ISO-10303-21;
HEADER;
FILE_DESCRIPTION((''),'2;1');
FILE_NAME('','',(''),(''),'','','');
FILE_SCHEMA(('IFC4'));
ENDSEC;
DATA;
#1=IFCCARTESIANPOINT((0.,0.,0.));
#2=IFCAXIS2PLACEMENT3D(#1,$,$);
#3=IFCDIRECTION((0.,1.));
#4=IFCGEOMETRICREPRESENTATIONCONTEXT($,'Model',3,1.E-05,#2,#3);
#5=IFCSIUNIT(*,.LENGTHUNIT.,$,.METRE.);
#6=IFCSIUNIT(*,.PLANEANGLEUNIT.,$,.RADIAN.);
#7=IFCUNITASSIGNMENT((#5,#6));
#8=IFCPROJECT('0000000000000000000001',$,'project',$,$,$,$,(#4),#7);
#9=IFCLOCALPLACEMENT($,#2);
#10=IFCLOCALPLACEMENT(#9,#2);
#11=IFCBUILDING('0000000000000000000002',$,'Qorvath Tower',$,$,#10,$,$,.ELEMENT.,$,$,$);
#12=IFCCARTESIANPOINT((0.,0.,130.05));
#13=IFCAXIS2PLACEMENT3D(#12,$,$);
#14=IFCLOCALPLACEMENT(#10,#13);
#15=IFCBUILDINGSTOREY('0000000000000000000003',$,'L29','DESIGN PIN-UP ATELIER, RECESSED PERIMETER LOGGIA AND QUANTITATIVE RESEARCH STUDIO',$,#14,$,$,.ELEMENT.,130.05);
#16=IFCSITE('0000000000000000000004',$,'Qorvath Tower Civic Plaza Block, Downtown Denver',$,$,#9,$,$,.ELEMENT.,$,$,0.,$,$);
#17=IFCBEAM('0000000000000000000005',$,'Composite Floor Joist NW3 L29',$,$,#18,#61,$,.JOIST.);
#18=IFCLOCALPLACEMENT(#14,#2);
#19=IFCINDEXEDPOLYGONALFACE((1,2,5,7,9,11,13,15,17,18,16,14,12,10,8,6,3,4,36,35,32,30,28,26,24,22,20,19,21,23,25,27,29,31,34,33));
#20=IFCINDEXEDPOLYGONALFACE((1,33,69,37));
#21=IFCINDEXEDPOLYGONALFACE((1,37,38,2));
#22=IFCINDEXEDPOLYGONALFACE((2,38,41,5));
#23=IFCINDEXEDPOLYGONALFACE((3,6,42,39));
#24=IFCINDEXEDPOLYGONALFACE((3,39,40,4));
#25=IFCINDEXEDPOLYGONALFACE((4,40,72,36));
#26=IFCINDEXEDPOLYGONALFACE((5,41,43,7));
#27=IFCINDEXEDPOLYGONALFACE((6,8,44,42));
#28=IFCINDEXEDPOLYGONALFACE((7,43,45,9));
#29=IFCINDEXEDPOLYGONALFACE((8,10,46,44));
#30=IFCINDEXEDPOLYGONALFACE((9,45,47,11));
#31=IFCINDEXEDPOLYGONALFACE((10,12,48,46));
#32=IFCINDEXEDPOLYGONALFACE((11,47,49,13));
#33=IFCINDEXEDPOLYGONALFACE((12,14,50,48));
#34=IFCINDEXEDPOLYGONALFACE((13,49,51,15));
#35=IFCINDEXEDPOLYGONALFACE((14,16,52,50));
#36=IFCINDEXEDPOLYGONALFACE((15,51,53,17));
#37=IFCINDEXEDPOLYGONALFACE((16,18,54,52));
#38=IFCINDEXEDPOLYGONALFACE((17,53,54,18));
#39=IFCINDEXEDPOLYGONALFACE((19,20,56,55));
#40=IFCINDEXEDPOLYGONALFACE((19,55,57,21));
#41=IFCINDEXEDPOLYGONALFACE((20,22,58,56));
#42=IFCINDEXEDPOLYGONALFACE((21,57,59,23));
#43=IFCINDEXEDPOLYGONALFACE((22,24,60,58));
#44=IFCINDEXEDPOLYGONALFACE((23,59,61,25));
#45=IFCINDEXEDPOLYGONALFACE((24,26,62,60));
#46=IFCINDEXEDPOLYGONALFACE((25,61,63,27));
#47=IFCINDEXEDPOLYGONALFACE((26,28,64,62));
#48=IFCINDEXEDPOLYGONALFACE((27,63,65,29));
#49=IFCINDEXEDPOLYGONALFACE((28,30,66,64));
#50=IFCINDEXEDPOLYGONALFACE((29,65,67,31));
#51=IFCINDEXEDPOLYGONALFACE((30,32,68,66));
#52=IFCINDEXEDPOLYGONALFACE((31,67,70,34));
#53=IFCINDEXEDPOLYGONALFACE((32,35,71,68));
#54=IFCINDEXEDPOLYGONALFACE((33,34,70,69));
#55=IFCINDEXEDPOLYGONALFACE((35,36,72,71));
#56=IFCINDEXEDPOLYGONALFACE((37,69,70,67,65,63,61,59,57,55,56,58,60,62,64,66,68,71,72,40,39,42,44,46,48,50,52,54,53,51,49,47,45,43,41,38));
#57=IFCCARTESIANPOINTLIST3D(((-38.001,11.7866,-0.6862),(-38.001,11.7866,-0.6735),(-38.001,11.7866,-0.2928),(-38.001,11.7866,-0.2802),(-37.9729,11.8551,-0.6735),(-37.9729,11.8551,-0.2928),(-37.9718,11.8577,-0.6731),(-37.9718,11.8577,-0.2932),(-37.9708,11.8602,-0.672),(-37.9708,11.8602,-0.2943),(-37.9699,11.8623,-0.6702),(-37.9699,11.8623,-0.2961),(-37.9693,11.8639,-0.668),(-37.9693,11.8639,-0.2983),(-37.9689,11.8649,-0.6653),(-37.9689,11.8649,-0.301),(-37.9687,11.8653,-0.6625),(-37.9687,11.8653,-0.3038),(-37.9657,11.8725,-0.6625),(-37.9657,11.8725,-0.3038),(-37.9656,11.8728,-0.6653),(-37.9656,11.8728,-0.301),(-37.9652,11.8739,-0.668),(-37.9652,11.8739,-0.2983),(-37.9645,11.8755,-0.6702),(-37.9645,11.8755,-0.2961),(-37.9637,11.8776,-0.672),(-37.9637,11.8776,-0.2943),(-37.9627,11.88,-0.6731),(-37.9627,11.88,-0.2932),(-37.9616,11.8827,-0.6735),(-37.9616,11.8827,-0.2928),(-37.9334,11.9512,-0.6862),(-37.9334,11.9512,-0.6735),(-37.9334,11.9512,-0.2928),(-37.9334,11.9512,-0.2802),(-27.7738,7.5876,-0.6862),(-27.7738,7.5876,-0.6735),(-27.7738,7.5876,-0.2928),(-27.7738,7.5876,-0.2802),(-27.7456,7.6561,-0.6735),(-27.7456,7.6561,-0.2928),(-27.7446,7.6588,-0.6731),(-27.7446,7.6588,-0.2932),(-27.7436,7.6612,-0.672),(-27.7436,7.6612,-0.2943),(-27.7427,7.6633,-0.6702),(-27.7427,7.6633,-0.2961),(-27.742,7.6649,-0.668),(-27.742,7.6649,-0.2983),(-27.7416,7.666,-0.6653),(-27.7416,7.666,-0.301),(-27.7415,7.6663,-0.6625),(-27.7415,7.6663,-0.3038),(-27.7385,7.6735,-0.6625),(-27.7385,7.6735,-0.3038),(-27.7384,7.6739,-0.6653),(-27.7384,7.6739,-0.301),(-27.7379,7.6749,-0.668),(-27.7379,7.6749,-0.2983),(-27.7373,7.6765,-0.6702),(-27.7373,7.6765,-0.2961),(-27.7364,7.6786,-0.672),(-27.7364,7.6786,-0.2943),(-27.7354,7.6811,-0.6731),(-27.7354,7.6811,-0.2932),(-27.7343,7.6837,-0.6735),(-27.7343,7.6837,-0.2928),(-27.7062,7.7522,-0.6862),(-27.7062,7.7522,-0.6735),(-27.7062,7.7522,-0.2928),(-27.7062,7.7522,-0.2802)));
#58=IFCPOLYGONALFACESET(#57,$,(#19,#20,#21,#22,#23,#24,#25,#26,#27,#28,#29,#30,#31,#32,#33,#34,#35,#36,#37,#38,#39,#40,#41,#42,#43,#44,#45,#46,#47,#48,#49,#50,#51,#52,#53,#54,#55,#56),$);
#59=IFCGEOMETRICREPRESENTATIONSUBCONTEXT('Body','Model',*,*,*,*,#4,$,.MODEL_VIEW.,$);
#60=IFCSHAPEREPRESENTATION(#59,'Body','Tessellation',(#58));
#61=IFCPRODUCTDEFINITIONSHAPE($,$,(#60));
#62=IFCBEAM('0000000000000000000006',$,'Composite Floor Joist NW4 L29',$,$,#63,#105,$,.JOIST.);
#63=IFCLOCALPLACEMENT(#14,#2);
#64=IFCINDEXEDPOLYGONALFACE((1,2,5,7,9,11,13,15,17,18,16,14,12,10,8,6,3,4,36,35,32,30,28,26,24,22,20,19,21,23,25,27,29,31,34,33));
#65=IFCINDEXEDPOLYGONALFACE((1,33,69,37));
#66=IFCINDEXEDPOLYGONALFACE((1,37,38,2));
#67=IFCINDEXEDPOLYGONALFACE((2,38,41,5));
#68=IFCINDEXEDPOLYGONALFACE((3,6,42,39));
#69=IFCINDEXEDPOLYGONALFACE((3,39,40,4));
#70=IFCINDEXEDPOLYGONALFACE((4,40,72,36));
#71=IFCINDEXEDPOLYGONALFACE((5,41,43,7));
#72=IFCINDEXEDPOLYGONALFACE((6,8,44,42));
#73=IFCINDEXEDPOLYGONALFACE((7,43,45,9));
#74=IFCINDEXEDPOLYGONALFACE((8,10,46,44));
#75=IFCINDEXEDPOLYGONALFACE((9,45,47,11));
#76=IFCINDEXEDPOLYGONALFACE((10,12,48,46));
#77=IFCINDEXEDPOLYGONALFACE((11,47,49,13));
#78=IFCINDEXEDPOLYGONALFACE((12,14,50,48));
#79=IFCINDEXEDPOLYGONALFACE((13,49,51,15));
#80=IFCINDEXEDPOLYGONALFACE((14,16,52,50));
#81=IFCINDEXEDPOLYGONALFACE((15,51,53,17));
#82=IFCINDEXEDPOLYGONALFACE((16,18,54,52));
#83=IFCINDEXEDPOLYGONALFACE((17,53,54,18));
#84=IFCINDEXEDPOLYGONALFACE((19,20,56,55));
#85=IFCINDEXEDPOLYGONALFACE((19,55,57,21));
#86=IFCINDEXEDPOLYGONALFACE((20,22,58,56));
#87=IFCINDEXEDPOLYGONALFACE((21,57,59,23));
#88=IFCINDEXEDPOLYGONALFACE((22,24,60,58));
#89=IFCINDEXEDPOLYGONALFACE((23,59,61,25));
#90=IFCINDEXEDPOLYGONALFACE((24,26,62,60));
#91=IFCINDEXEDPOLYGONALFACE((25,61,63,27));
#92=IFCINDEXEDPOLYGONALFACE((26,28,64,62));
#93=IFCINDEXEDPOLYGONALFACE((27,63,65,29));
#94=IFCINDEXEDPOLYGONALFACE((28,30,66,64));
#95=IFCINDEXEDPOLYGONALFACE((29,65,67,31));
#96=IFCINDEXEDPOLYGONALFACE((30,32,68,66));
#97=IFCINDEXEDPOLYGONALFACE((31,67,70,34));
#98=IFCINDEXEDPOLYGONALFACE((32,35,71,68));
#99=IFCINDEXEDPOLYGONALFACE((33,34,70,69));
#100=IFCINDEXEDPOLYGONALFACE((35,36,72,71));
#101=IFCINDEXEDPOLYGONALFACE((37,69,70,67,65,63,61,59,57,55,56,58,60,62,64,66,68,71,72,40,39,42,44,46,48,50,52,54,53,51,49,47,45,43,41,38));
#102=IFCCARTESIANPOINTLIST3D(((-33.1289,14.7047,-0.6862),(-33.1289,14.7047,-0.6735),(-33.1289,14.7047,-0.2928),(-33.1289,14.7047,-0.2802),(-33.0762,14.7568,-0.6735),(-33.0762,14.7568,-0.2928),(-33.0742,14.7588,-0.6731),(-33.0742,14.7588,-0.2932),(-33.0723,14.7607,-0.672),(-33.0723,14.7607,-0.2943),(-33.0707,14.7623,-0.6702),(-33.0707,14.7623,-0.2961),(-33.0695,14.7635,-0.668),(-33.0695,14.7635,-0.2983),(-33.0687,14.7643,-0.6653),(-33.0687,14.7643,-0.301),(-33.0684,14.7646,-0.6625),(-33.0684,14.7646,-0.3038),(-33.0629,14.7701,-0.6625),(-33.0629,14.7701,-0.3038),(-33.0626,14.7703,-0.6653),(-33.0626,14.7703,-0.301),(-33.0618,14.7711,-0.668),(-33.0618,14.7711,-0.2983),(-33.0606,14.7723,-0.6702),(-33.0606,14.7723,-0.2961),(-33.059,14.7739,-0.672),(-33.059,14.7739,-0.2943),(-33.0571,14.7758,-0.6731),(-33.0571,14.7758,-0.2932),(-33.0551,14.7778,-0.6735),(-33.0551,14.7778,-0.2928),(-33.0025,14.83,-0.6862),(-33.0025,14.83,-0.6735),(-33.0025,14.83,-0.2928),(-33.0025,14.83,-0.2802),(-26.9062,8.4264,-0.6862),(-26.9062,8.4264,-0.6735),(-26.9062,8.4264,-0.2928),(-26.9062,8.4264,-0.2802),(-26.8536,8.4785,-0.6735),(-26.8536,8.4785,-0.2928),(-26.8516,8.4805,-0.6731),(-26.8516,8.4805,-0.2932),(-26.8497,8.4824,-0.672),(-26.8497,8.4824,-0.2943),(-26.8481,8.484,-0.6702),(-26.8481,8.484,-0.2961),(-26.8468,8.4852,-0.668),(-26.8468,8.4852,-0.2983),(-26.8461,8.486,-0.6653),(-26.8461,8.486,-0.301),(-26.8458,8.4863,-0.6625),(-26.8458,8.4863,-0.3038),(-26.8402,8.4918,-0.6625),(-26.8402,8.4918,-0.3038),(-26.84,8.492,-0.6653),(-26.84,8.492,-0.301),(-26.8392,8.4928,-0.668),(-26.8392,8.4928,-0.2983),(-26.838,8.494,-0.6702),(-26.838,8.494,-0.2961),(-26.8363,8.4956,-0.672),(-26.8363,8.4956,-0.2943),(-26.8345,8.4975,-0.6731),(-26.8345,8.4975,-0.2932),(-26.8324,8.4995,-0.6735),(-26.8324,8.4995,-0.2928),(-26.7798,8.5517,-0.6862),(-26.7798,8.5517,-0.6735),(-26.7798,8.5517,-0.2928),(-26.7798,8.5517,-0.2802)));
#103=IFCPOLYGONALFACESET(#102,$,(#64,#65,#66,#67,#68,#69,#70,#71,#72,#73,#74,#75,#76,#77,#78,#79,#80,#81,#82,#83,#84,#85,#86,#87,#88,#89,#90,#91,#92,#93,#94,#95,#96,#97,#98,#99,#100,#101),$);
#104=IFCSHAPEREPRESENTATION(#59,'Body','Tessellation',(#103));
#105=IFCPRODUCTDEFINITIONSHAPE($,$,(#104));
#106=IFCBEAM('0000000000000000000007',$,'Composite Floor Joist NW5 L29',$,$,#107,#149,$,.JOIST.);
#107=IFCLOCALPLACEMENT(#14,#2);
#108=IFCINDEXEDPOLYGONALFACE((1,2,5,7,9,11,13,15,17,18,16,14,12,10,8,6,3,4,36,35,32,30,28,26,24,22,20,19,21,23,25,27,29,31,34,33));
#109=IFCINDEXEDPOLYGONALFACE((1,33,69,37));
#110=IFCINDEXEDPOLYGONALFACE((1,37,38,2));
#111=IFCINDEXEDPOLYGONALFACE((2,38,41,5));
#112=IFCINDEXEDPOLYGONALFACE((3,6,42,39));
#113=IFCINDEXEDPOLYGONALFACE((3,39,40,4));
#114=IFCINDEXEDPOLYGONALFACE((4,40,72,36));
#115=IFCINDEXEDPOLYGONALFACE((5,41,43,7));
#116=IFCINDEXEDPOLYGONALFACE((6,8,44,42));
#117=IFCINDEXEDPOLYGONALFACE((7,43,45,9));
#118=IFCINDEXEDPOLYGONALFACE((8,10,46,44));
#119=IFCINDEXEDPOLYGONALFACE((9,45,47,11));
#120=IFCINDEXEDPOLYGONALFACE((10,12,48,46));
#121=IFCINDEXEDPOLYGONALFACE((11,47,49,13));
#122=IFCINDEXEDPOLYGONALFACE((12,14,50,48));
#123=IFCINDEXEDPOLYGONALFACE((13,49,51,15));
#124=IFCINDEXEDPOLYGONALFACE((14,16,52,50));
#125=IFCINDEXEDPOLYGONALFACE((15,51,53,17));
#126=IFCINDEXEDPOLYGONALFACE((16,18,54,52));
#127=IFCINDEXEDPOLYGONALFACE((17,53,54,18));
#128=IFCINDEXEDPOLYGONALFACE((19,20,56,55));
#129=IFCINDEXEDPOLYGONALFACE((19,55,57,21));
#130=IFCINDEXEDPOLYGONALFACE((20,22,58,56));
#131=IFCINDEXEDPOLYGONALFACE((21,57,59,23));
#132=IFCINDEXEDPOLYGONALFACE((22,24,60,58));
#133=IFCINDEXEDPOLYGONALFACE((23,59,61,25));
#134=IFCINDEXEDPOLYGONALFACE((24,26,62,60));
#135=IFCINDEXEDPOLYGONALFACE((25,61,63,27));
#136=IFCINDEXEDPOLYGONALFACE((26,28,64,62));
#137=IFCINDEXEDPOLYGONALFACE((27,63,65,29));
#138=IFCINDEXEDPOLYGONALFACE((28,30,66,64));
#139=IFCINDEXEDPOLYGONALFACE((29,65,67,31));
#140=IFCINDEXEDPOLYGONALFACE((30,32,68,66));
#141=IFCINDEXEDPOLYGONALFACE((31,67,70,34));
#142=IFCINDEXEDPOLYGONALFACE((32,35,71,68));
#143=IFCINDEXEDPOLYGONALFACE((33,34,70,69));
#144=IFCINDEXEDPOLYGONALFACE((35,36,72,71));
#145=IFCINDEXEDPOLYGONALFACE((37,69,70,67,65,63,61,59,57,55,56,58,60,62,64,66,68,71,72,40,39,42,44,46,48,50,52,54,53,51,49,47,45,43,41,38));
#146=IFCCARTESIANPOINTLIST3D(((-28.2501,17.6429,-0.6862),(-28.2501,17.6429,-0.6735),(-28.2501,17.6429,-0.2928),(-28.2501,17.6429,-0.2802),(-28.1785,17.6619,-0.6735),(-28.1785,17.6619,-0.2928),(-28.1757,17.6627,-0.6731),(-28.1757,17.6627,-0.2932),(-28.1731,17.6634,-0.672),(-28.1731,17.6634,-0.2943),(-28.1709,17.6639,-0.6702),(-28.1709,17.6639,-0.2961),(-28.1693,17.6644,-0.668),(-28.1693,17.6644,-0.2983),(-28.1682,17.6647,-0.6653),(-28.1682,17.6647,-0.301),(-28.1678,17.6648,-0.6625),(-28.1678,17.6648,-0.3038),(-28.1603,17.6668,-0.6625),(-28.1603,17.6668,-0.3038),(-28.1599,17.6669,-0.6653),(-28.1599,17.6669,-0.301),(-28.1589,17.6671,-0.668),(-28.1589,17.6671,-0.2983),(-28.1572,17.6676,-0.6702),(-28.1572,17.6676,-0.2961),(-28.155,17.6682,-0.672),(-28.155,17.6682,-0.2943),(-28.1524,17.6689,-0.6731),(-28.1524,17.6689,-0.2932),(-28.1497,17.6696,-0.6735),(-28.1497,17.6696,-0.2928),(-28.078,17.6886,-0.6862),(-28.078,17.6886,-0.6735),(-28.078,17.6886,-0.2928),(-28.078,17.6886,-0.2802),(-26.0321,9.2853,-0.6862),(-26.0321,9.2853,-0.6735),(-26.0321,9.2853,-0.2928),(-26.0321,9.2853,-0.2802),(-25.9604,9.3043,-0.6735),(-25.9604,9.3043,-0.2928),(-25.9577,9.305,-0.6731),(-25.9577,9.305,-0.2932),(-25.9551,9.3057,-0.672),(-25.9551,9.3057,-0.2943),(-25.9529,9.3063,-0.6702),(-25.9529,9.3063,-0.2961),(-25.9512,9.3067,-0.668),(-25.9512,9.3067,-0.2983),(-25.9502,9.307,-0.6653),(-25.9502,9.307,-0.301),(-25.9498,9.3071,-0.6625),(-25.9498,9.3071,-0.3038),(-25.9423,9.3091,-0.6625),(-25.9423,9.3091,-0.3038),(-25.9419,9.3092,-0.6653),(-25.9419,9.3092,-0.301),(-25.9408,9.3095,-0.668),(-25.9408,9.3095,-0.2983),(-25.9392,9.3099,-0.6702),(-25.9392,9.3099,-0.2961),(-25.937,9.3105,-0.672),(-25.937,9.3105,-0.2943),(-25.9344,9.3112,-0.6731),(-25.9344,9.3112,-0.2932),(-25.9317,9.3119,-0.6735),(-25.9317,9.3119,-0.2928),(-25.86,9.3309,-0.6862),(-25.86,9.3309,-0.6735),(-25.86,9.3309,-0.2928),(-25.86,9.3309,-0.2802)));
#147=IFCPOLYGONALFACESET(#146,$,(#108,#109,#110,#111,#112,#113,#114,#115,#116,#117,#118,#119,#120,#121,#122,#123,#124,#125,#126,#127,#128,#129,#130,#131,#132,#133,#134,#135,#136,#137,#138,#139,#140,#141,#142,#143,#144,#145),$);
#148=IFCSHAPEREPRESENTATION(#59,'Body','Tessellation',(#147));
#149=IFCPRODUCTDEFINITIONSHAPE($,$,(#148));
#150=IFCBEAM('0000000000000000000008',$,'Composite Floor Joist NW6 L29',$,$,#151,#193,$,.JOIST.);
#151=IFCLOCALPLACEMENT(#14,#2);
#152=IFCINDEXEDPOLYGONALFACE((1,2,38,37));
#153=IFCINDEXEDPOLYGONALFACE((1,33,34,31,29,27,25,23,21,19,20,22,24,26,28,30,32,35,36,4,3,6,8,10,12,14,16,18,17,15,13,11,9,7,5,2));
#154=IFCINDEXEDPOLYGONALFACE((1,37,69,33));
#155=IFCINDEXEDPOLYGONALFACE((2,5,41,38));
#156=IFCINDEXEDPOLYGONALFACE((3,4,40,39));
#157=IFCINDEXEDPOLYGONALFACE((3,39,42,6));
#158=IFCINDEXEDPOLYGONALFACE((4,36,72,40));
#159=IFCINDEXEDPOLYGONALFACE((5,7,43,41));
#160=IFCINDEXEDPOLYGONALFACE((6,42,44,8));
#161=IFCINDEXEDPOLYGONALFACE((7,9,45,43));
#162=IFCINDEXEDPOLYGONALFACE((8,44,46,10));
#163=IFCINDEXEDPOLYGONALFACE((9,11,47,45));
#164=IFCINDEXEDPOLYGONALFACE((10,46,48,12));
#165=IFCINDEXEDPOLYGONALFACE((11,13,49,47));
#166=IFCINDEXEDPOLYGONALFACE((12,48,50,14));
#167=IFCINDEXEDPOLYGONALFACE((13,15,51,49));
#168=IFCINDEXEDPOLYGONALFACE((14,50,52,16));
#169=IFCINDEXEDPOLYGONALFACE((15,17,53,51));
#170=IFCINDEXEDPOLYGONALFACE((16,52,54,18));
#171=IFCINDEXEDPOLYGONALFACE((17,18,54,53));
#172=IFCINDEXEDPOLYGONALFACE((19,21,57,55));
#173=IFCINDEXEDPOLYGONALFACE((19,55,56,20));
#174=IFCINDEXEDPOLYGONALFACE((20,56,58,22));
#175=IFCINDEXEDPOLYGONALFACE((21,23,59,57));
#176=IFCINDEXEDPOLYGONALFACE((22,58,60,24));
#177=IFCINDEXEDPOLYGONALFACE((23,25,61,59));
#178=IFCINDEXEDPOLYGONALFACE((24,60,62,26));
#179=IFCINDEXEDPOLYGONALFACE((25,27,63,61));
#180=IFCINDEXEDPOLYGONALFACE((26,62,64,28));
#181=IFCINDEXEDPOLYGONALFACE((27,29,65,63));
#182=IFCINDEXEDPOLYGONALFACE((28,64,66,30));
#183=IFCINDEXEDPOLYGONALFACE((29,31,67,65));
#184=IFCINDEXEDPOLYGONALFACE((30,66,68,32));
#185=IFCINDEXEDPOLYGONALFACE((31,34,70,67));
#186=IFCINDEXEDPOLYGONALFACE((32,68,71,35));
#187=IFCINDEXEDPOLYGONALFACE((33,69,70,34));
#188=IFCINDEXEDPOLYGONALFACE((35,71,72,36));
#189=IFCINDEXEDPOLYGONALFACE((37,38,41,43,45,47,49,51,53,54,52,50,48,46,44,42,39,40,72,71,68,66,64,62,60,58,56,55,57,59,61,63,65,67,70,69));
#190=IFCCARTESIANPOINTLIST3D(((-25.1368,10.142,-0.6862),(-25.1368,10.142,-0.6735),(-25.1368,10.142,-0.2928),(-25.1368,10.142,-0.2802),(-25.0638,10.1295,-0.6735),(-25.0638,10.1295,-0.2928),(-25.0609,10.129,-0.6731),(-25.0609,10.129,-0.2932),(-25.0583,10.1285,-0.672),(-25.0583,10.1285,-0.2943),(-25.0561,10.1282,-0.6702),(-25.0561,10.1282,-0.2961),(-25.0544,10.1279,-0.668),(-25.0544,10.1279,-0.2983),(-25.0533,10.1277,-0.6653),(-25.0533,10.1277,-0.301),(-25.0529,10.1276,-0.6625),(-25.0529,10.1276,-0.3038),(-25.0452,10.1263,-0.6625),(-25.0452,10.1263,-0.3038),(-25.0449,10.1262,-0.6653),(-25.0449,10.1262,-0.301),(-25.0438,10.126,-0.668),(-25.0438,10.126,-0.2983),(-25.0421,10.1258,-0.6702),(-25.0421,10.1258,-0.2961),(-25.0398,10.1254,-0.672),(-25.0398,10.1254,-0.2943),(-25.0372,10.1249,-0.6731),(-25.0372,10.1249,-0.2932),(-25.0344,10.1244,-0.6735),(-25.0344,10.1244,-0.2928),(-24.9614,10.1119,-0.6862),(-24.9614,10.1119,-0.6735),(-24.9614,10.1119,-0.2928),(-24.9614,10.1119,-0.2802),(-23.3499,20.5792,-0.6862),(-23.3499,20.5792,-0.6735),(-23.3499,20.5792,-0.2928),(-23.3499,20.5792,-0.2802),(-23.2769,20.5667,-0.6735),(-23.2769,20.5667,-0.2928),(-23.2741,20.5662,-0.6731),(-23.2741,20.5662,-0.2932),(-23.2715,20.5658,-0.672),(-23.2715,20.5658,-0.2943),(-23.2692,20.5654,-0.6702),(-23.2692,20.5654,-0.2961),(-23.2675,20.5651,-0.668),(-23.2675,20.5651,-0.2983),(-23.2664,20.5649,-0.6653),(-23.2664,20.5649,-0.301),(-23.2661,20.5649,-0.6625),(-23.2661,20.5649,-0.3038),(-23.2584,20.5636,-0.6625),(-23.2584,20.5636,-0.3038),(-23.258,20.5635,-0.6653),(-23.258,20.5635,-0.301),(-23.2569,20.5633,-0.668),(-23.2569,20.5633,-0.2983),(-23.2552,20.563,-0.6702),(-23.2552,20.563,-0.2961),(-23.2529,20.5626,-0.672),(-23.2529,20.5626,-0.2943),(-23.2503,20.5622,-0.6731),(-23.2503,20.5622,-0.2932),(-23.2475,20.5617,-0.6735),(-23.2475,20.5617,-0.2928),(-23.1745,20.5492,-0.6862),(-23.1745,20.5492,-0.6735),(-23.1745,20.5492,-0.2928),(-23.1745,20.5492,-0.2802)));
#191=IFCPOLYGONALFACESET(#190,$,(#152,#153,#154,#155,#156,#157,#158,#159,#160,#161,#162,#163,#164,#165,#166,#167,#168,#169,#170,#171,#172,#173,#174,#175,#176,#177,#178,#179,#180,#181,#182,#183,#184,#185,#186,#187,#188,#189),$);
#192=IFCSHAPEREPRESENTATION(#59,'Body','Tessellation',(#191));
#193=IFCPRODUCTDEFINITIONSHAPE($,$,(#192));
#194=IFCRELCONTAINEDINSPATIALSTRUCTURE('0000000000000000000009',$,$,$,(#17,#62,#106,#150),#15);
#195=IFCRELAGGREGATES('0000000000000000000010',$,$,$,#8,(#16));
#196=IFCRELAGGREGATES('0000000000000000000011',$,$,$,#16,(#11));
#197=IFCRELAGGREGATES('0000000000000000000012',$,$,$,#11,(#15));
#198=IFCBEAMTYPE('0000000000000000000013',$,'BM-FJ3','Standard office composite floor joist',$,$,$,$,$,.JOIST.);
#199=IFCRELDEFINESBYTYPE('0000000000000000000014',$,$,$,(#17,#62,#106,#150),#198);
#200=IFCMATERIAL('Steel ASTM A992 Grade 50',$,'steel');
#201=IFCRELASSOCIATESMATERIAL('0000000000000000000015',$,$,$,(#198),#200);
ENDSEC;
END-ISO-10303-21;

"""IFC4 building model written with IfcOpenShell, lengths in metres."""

from ifc_helpers import new_model, si_unit, direction, frame, origin, origin_2d, place, context, subcontext, project, spatial, i_section, extrude, material, material_profile, profile_set, type_object, element, save


model = new_model("IFC4")

# Units and contexts
model_context = context("Model", 3, precision=1e-05, world=origin(), true_north=direction((0.0, 1.0)))
body_context = subcontext(model_context, "Body", "Model", "MODEL_VIEW")
ifc_project = project(units=[si_unit("LENGTHUNIT", "METRE"), si_unit("PLANEANGLEUNIT", "RADIAN")], contexts=[model_context])

# Site, building, storey
site_placement = place(None, origin())
site = spatial("IfcSite", under=ifc_project, at=site_placement, Name="Qorvath Tower Civic Plaza Block, Downtown Denver", CompositionType="ELEMENT", RefElevation=0.0)
building_placement = place(site_placement, origin())
building = spatial("IfcBuilding", under=site, at=building_placement, Name="Qorvath Tower", CompositionType="ELEMENT")
storey_placement = place(building_placement, frame((0.0, 0.0, 130.05)))
storey = spatial("IfcBuildingStorey", under=building, at=storey_placement, Name="L29", Description="DESIGN PIN-UP ATELIER, RECESSED PERIMETER LOGGIA AND QUANTITATIVE RESEARCH STUDIO", CompositionType="ELEMENT", Elevation=130.05)

# Beams
ifc_material_1 = material(Name="Steel ASTM A992 Grade 50", Category="steel")
ifc_material_profile_1 = material_profile(ifc_material_1, i_section(OverallWidth=0.178, OverallDepth=0.406, WebThickness=0.0078, FlangeThickness=0.0127, FilletRadius=0.011, at=origin_2d()), Name="W16x40")
ifc_profile_set_1 = profile_set([ifc_material_profile_1], Name="Steel ASTM A992 Grade 50")
beam_type_1 = type_object("IfcBeamType", Name="BM-FJ3", Description="Standard office composite floor joist", PredefinedType="JOIST", material=ifc_profile_set_1)
beam_1_placement = place(storey_placement, frame((-27.74, 7.6699, -0.4832), z_axis=(-0.925068, 0.379801, 0.0), x_axis=(-0.379801, -0.925068, 0.0)))
element("IfcBeam", 1, at=beam_1_placement, inside=storey, type_object=beam_type_1, Name="Composite Floor Joist NW3 L29", PredefinedType="JOIST", context=body_context, shape_type="SweptSolid", body=[
    extrude(i_section(OverallWidth=0.178, OverallDepth=0.406, WebThickness=0.0078, FlangeThickness=0.0127, FilletRadius=0.011, at=origin_2d()), origin(), (0.0, 0.0, 1.0), 11.0557),
])
beam_2_placement = place(storey_placement, frame((-26.843, 8.489, -0.4832), z_axis=(-0.703951, 0.710248, 0.0), x_axis=(-0.710248, -0.703951, 0.0)))
element("IfcBeam", 2, at=beam_2_placement, inside=storey, type_object=beam_type_1, Name="Composite Floor Joist NW4 L29", PredefinedType="JOIST", context=body_context, shape_type="SweptSolid", body=[
    extrude(i_section(OverallWidth=0.178, OverallDepth=0.406, WebThickness=0.0078, FlangeThickness=0.0127, FilletRadius=0.011, at=origin_2d()), origin(), (0.0, 0.0, 1.0), 8.8396),
])
beam_3_placement = place(storey_placement, frame((-25.946, 9.3081, -0.4832), z_axis=(-0.256508, 0.966542, 0.0), x_axis=(-0.966542, -0.256508, 0.0)))
element("IfcBeam", 3, at=beam_3_placement, inside=storey, type_object=beam_type_1, Name="Composite Floor Joist NW5 L29", PredefinedType="JOIST", context=body_context, shape_type="SweptSolid", body=[
    extrude(i_section(OverallWidth=0.178, OverallDepth=0.406, WebThickness=0.0078, FlangeThickness=0.0127, FilletRadius=0.011, at=origin_2d()), origin(), (0.0, 0.0, 1.0), 8.647),
])
beam_4_placement = place(storey_placement, frame((-25.0491, 10.127, -0.4832), z_axis=(0.168746, 0.98566, 0.0), x_axis=(-0.98566, 0.168746, 0.0)))
element("IfcBeam", 4, at=beam_4_placement, inside=storey, type_object=beam_type_1, Name="Composite Floor Joist NW6 L29", PredefinedType="JOIST", context=body_context, shape_type="SweptSolid", body=[
    extrude(i_section(OverallWidth=0.178, OverallDepth=0.406, WebThickness=0.0078, FlangeThickness=0.0127, FilletRadius=0.011, at=origin_2d()), origin(), (0.0, 0.0, 1.0), 10.5891),
])

save(model, "model.ifc")
